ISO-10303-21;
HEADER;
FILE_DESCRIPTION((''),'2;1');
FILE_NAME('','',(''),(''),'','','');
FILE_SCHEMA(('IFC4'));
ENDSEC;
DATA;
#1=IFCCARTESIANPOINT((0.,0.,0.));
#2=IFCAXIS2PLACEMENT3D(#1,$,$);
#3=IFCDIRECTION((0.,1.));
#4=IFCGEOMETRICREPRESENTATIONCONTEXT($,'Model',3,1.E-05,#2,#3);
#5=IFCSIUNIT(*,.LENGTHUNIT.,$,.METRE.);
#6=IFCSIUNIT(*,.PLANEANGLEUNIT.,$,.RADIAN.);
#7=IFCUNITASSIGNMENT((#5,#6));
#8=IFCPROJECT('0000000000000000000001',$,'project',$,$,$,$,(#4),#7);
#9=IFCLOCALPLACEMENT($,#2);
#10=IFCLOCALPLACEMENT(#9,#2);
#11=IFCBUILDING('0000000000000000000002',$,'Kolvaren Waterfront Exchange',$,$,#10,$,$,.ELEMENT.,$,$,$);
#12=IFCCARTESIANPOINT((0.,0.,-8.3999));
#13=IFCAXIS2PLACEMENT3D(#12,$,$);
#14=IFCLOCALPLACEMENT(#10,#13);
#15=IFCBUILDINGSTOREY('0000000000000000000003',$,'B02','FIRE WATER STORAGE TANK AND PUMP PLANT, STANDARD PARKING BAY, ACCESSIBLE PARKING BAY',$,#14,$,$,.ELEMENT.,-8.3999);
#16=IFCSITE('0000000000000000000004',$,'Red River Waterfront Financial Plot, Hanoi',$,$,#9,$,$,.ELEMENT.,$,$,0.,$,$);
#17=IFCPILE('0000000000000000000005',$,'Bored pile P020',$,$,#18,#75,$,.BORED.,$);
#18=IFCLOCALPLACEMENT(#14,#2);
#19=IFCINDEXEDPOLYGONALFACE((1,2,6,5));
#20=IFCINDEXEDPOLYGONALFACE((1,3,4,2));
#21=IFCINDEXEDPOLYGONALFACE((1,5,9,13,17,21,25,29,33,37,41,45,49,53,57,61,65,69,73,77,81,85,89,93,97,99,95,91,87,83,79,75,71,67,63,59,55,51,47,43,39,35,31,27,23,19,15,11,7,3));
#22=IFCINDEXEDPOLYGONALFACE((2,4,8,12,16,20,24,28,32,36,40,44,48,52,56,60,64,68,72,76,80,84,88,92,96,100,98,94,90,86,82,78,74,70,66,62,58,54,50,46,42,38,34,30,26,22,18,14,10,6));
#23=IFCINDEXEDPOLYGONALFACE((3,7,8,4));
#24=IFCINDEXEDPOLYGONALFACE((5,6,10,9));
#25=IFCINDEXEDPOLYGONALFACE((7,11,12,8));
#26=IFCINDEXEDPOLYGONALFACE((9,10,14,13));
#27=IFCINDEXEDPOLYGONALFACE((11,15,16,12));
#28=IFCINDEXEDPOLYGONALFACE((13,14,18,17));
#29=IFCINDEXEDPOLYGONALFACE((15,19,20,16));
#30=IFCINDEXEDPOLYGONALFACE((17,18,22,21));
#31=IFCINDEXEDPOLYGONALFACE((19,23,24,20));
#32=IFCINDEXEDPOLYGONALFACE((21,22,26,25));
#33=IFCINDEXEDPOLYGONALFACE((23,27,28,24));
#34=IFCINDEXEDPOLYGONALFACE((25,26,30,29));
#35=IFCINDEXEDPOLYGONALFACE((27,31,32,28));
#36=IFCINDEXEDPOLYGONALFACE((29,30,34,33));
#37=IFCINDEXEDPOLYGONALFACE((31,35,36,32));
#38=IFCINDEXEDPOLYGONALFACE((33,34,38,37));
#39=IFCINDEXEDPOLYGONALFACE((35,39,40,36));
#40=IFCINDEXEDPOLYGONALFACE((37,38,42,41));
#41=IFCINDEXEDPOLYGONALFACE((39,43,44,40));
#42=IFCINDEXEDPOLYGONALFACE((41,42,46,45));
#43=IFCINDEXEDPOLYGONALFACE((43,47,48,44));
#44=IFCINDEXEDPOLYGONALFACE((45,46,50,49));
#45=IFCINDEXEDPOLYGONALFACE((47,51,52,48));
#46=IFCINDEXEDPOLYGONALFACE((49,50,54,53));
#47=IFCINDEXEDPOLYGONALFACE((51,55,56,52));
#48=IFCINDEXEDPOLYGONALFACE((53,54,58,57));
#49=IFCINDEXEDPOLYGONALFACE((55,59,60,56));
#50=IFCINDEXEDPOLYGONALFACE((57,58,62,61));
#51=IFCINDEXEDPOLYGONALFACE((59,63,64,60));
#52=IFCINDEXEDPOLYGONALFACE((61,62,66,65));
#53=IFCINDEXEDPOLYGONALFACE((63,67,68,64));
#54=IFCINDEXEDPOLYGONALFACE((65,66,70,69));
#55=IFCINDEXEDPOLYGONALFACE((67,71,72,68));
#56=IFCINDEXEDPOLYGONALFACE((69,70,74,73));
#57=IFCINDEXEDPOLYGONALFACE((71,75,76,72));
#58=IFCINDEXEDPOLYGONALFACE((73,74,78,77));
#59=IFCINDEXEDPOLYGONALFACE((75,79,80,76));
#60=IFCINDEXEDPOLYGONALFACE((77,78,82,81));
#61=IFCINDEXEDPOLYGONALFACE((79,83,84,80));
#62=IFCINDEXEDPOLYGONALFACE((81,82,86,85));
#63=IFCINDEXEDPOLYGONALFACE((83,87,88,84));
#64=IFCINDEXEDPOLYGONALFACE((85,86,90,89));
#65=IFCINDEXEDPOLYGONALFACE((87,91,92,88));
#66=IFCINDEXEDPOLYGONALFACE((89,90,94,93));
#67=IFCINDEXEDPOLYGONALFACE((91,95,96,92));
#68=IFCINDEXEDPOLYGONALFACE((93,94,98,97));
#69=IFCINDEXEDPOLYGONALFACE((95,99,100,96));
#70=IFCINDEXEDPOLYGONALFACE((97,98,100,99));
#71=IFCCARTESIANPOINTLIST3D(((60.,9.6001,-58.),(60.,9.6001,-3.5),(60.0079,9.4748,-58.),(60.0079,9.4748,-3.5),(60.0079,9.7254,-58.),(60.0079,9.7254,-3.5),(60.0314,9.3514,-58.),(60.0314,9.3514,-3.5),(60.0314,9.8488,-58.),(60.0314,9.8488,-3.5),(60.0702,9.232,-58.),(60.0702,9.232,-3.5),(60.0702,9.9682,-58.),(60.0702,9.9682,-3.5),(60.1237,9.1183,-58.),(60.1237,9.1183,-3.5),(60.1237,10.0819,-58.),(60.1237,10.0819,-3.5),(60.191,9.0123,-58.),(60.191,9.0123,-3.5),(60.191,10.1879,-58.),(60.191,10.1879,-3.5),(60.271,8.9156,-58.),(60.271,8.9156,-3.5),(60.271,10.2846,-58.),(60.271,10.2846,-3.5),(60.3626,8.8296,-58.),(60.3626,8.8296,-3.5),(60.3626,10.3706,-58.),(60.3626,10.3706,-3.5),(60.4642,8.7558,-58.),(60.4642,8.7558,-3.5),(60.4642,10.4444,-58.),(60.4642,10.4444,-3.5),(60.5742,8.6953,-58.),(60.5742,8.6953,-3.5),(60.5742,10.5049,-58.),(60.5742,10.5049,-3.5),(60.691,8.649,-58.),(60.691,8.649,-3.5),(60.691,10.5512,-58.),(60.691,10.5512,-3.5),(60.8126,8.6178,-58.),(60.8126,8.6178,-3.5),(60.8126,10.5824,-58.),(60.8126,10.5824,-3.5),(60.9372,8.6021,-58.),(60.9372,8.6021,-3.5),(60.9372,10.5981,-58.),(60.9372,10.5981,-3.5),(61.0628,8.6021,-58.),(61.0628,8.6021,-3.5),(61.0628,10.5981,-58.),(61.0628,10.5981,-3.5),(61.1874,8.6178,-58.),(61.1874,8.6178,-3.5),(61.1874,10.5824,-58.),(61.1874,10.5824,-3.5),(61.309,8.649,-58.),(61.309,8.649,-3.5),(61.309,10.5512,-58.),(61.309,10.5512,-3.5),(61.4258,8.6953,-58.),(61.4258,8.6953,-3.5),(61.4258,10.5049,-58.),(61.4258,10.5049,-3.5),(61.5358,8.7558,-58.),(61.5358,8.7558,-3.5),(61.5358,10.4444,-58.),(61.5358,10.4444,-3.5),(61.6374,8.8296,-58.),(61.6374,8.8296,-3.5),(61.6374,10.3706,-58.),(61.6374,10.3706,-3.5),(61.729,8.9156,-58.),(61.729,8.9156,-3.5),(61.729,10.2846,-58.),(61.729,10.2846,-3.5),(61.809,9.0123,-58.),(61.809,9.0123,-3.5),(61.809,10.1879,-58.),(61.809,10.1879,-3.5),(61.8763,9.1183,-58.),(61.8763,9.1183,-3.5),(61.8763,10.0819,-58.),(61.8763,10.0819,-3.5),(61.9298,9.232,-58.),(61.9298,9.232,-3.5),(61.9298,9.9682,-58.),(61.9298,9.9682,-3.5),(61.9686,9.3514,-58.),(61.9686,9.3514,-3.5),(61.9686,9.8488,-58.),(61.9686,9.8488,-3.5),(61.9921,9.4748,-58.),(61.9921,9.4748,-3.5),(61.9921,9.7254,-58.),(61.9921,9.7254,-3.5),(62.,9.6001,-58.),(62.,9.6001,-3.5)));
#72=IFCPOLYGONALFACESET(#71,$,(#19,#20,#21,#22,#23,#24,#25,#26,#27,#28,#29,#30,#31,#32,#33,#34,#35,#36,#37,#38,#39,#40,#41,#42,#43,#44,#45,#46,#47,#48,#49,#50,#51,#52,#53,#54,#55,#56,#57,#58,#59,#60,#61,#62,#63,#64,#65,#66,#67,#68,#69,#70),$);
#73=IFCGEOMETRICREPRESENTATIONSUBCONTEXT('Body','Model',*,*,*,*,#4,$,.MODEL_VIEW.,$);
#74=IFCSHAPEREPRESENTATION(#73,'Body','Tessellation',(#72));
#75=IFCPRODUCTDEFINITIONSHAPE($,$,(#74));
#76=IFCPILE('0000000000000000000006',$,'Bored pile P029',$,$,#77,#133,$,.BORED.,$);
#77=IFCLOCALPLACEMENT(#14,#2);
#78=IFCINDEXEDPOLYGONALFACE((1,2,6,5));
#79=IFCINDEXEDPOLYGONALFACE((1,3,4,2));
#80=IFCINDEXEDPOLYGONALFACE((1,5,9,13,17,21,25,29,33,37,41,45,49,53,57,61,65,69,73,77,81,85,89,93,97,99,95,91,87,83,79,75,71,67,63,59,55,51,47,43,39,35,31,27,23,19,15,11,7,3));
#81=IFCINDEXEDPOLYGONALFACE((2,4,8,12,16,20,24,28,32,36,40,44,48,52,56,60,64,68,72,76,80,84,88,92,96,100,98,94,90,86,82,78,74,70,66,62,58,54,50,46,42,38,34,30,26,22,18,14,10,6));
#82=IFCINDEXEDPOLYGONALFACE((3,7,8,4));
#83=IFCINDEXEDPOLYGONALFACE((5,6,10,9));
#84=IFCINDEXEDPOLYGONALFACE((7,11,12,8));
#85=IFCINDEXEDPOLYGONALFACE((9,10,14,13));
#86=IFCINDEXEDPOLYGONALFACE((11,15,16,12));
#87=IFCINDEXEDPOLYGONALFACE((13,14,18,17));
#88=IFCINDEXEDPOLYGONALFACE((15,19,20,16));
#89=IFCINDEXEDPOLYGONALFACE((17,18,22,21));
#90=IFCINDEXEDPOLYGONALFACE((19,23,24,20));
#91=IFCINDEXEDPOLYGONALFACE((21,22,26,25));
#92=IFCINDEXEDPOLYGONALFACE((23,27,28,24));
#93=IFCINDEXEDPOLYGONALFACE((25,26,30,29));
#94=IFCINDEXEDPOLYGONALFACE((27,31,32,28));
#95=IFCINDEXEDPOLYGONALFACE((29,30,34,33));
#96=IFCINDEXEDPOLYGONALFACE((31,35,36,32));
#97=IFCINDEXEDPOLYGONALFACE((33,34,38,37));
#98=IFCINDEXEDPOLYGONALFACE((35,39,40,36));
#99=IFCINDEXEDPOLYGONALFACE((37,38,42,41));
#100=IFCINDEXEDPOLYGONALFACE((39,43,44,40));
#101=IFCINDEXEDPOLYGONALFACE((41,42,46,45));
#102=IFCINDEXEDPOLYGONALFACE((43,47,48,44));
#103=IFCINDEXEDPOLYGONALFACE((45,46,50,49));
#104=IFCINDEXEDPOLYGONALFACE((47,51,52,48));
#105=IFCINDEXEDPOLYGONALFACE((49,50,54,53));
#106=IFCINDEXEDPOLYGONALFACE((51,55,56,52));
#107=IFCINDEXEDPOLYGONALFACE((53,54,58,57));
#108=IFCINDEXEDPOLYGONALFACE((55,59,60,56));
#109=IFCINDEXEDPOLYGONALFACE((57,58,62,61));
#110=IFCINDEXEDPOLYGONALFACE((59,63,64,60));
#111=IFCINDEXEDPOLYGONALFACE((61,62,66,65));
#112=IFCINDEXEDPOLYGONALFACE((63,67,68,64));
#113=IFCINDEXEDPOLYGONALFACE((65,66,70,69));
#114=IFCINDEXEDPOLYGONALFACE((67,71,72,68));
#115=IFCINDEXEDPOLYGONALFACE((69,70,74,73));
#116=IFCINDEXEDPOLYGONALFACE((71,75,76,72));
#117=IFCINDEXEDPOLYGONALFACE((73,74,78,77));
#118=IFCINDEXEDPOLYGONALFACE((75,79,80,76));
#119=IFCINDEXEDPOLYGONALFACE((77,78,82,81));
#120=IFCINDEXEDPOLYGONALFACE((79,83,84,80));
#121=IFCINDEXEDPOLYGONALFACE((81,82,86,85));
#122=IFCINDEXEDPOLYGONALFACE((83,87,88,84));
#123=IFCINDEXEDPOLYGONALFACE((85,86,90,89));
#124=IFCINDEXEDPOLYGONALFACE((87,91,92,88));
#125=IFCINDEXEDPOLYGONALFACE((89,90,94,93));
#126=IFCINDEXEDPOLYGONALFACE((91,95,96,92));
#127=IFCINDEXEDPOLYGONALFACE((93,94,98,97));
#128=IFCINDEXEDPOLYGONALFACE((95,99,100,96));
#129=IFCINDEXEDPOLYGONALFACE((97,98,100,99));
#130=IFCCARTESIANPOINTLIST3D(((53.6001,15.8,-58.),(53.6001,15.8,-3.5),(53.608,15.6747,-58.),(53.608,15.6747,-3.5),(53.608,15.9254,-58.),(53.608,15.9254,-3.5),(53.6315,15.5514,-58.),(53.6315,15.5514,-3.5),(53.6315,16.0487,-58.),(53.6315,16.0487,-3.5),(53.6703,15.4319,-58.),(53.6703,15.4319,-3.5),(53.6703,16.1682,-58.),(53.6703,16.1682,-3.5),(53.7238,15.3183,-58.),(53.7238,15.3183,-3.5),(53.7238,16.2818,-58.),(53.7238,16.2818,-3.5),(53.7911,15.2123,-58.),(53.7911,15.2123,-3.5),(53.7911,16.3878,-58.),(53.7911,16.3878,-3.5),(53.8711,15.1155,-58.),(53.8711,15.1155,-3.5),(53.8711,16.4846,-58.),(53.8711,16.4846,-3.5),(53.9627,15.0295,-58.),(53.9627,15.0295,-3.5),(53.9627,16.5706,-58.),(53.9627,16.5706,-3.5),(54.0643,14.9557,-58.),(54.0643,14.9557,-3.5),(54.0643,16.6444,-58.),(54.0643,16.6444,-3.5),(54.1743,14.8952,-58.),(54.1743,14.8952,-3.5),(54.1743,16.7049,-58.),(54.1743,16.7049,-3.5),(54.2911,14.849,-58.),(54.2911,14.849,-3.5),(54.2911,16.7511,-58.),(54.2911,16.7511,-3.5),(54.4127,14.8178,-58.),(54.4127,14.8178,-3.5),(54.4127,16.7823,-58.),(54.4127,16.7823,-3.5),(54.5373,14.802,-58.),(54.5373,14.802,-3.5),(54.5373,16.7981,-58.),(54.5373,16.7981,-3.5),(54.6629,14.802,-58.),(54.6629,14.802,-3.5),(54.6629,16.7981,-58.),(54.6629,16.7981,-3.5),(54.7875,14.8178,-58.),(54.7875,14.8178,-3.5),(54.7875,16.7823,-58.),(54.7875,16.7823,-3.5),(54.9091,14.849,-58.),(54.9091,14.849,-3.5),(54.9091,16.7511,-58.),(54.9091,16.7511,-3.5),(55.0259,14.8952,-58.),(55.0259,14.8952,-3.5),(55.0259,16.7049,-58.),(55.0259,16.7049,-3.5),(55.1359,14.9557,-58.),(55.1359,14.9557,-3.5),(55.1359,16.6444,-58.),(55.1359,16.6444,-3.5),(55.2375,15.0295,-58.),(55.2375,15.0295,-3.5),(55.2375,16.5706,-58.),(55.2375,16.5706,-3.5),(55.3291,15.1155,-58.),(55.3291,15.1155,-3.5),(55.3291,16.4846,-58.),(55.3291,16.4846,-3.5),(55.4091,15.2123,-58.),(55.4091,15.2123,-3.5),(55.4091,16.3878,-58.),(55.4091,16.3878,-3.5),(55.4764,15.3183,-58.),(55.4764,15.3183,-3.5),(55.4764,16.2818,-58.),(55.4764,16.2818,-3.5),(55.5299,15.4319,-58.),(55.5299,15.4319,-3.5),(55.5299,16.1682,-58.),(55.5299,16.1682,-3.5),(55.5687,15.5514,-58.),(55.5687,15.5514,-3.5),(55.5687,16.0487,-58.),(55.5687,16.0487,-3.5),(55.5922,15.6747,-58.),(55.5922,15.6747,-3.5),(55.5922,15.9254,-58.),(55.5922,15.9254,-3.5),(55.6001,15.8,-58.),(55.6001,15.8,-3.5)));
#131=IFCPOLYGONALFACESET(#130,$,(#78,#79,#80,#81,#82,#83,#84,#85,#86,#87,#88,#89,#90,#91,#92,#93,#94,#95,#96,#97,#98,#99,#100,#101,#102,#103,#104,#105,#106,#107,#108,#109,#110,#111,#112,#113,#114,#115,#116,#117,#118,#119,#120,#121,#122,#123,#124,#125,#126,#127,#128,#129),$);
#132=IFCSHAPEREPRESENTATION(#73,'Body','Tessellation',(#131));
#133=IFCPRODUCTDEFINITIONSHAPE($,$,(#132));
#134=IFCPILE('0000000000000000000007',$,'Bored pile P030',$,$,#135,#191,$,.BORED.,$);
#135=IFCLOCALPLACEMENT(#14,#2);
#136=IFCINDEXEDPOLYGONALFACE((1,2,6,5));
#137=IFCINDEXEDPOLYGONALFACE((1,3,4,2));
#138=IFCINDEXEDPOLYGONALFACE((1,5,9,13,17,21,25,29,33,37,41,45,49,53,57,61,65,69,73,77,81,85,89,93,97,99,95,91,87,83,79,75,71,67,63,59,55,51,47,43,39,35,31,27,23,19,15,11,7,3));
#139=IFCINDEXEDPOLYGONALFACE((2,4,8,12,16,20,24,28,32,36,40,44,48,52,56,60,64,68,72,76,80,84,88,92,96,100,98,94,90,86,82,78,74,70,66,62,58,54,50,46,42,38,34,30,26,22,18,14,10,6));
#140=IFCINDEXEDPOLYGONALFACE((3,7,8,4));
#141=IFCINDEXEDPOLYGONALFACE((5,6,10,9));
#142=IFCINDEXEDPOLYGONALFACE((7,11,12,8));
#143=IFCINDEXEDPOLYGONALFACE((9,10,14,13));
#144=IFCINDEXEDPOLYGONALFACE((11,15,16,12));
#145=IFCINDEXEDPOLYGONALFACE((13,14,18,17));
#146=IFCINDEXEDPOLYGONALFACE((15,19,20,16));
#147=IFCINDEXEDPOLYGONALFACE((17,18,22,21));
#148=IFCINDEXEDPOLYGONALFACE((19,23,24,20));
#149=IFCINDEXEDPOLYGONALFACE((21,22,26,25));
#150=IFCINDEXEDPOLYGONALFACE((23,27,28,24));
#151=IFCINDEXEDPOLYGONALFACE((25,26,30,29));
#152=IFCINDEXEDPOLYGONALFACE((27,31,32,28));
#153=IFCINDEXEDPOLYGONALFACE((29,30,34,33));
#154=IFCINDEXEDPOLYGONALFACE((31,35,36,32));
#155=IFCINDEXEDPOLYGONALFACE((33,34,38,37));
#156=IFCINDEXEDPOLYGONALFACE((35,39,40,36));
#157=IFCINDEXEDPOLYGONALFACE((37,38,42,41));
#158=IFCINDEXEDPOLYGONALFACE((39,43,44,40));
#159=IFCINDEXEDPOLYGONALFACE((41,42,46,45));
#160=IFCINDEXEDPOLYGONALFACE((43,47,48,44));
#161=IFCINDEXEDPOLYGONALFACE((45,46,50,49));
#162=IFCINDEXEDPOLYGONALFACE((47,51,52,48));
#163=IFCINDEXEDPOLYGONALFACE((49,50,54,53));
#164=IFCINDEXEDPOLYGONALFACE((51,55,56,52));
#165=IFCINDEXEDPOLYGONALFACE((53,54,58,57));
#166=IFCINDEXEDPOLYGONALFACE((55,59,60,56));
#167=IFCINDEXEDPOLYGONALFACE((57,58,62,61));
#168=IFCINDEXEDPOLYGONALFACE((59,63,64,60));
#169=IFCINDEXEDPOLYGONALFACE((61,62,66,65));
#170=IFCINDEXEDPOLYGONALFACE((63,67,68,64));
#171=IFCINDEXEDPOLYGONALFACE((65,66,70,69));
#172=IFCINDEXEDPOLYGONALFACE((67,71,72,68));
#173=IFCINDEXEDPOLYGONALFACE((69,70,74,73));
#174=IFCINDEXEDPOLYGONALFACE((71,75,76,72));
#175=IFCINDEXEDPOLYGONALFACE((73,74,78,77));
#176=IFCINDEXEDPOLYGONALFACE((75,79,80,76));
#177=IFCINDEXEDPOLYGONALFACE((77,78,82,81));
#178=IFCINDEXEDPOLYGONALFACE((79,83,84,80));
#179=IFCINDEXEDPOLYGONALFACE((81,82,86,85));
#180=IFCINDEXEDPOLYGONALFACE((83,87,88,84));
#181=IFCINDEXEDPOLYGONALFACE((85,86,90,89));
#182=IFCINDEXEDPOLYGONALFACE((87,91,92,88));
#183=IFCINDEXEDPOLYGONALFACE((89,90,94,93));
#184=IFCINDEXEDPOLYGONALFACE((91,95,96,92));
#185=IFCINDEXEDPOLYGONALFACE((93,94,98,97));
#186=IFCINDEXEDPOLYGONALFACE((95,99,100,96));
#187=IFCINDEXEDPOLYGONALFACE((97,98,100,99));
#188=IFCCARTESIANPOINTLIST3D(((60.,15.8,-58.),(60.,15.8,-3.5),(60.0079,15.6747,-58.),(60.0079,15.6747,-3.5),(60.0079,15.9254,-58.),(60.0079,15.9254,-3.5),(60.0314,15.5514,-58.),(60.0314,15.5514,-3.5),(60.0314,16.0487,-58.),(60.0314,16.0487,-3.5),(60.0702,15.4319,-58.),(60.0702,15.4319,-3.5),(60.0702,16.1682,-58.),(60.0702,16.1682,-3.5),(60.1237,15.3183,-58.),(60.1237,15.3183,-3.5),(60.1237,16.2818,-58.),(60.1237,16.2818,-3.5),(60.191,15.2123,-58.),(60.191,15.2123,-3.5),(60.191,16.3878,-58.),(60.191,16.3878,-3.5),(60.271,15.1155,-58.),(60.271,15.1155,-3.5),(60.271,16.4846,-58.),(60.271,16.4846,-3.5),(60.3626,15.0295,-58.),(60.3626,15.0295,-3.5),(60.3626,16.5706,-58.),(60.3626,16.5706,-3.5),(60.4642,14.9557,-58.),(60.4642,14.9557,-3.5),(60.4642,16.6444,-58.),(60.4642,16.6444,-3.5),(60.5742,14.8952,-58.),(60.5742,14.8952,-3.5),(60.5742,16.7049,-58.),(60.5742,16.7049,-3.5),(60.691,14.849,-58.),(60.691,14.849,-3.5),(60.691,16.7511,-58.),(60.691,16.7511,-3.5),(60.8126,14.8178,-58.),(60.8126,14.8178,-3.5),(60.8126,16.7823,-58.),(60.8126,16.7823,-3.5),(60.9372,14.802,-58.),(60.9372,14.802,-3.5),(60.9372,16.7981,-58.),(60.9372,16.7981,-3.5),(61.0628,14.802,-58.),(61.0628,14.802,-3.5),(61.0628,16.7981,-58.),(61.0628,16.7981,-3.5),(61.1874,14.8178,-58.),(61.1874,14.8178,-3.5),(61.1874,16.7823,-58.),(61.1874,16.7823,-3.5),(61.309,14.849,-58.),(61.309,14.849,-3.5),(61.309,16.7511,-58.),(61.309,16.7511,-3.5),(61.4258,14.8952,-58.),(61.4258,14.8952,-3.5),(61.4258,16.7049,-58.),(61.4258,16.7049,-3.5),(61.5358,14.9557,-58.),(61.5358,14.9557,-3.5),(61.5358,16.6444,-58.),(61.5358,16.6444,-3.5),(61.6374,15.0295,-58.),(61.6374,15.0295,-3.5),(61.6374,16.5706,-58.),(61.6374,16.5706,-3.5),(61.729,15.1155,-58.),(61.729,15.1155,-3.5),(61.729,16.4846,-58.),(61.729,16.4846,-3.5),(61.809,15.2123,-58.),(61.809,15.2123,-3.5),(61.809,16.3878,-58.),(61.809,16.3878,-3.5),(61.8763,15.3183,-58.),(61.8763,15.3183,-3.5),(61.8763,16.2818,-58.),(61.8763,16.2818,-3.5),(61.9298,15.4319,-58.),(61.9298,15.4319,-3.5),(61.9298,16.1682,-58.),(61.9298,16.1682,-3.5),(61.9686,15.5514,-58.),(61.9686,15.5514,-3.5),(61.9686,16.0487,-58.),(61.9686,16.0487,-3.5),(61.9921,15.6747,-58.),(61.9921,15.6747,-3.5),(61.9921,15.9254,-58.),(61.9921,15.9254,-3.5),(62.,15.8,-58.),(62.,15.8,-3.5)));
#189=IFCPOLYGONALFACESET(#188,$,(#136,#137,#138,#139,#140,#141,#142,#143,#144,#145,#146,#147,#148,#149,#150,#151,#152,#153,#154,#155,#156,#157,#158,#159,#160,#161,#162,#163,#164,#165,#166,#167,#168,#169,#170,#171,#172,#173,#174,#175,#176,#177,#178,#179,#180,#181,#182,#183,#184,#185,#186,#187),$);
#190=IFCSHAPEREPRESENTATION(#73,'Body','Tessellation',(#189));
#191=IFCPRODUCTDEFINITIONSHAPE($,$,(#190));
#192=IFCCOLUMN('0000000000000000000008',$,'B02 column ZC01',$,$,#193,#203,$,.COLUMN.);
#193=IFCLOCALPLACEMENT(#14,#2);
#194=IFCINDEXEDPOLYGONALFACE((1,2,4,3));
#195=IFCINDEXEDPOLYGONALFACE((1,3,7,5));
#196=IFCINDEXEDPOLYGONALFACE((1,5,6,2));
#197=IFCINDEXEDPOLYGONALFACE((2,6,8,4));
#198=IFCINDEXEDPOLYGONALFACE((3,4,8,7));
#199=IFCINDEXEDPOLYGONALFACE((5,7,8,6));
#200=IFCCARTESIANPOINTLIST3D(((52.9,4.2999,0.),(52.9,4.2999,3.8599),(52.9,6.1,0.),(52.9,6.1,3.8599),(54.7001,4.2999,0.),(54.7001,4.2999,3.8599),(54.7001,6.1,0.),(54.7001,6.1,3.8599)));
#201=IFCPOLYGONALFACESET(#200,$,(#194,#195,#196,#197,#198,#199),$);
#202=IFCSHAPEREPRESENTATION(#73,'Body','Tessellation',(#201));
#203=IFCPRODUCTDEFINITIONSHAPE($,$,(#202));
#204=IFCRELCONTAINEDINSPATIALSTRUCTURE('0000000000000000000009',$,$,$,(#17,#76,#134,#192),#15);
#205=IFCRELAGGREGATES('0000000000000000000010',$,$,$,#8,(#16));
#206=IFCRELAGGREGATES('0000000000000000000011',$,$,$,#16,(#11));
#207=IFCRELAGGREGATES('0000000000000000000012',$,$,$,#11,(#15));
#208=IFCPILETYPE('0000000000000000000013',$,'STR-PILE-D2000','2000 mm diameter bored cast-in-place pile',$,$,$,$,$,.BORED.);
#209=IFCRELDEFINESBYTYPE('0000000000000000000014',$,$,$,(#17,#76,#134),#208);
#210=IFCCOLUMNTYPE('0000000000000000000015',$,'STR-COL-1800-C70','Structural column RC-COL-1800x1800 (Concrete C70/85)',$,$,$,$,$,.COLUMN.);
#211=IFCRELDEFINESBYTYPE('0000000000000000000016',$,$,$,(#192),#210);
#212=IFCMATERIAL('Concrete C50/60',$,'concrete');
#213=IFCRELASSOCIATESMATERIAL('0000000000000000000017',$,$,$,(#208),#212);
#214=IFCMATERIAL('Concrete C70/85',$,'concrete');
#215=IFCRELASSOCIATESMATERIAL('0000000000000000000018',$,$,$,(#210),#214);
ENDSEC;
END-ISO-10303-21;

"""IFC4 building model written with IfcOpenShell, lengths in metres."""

from ifc_helpers import new_model, si_unit, direction, frame, origin, origin_2d, place, context, subcontext, project, spatial, rectangle, circle, extrude, material, material_profile, profile_set, type_object, element, save


model = new_model("IFC4")

# Units and contexts
model_context = context("Model", 3, precision=1e-05, world=origin(), true_north=direction((0.0, 1.0)))
body_context = subcontext(model_context, "Body", "Model", "MODEL_VIEW")
ifc_project = project(units=[si_unit("LENGTHUNIT", "METRE"), si_unit("PLANEANGLEUNIT", "RADIAN")], contexts=[model_context])

# Site, building, storey
site_placement = place(None, origin())
site = spatial("IfcSite", under=ifc_project, at=site_placement, Name="Red River Waterfront Financial Plot, Hanoi", CompositionType="ELEMENT", RefElevation=0.0)
building_placement = place(site_placement, origin())
building = spatial("IfcBuilding", under=site, at=building_placement, Name="Kolvaren Waterfront Exchange", CompositionType="ELEMENT")
storey_placement = place(building_placement, frame((0.0, 0.0, -8.3999)))
storey = spatial("IfcBuildingStorey", under=building, at=storey_placement, Name="B02", Description="FIRE WATER STORAGE TANK AND PUMP PLANT, STANDARD PARKING BAY, ACCESSIBLE PARKING BAY", CompositionType="ELEMENT", Elevation=-8.3999)

# Piles
ifc_material_1 = material(Name="Concrete C50/60", Category="concrete")
ifc_material_profile_1 = material_profile(ifc_material_1, circle(Radius=1.0, at=origin_2d()), Name="RC-PILE-D2000")
ifc_profile_set_1 = profile_set([ifc_material_profile_1], Name="Concrete C50/60")
pile_type = type_object("IfcPileType", Name="STR-PILE-D2000", Description="2000 mm diameter bored cast-in-place pile", PredefinedType="BORED", material=ifc_profile_set_1)
for number, where, z_axis, x_axis, name in (
    (1, (61.0, 9.6001, -3.5), (0.0, 0.0, -1.0), (1.0, 0.0, 0.0), "Bored pile P020"),
    (2, (54.6001, 15.8, -3.5), (0.0, 0.0, -1.0), (1.0, 0.0, 0.0), "Bored pile P029"),
    (3, (61.0, 15.8, -3.5), (0.0, 0.0, -1.0), (1.0, 0.0, 0.0), "Bored pile P030"),
):
    element("IfcPile", number, at=place(storey_placement, frame(where, z_axis=z_axis, x_axis=x_axis)), inside=storey, type_object=pile_type, Name=name, PredefinedType="BORED", context=body_context, shape_type="SweptSolid", body=[
        extrude(circle(Radius=1.0, at=origin_2d()), origin(), (0.0, 0.0, 1.0), 54.5),
    ])

# Column
ifc_material_2 = material(Name="Concrete C70/85", Category="concrete")
ifc_material_profile_2 = material_profile(ifc_material_2, rectangle(XDim=1.8, YDim=1.8, at=origin_2d()), Name="RC-COL-1800x1800")
ifc_profile_set_2 = profile_set([ifc_material_profile_2], Name="Concrete C70/85")
column_type = type_object("IfcColumnType", Name="STR-COL-1800-C70", Description="Structural column RC-COL-1800x1800 (Concrete C70/85)", PredefinedType="COLUMN", material=ifc_profile_set_2)
for number, where, z_axis, x_axis, name in (
    (4, (53.8, 5.2, 0.0), (0.0, 0.0, 1.0), (1.0, 0.0, 0.0), "B02 column ZC01"),
):
    element("IfcColumn", number, at=place(storey_placement, frame(where, z_axis=z_axis, x_axis=x_axis)), inside=storey, type_object=column_type, Name=name, PredefinedType="COLUMN", context=body_context, shape_type="SweptSolid", body=[
        extrude(rectangle(XDim=1.8, YDim=1.8, at=origin_2d()), origin(), (0.0, 0.0, 1.0), 3.8599),
    ])

save(model, "model.ifc")
